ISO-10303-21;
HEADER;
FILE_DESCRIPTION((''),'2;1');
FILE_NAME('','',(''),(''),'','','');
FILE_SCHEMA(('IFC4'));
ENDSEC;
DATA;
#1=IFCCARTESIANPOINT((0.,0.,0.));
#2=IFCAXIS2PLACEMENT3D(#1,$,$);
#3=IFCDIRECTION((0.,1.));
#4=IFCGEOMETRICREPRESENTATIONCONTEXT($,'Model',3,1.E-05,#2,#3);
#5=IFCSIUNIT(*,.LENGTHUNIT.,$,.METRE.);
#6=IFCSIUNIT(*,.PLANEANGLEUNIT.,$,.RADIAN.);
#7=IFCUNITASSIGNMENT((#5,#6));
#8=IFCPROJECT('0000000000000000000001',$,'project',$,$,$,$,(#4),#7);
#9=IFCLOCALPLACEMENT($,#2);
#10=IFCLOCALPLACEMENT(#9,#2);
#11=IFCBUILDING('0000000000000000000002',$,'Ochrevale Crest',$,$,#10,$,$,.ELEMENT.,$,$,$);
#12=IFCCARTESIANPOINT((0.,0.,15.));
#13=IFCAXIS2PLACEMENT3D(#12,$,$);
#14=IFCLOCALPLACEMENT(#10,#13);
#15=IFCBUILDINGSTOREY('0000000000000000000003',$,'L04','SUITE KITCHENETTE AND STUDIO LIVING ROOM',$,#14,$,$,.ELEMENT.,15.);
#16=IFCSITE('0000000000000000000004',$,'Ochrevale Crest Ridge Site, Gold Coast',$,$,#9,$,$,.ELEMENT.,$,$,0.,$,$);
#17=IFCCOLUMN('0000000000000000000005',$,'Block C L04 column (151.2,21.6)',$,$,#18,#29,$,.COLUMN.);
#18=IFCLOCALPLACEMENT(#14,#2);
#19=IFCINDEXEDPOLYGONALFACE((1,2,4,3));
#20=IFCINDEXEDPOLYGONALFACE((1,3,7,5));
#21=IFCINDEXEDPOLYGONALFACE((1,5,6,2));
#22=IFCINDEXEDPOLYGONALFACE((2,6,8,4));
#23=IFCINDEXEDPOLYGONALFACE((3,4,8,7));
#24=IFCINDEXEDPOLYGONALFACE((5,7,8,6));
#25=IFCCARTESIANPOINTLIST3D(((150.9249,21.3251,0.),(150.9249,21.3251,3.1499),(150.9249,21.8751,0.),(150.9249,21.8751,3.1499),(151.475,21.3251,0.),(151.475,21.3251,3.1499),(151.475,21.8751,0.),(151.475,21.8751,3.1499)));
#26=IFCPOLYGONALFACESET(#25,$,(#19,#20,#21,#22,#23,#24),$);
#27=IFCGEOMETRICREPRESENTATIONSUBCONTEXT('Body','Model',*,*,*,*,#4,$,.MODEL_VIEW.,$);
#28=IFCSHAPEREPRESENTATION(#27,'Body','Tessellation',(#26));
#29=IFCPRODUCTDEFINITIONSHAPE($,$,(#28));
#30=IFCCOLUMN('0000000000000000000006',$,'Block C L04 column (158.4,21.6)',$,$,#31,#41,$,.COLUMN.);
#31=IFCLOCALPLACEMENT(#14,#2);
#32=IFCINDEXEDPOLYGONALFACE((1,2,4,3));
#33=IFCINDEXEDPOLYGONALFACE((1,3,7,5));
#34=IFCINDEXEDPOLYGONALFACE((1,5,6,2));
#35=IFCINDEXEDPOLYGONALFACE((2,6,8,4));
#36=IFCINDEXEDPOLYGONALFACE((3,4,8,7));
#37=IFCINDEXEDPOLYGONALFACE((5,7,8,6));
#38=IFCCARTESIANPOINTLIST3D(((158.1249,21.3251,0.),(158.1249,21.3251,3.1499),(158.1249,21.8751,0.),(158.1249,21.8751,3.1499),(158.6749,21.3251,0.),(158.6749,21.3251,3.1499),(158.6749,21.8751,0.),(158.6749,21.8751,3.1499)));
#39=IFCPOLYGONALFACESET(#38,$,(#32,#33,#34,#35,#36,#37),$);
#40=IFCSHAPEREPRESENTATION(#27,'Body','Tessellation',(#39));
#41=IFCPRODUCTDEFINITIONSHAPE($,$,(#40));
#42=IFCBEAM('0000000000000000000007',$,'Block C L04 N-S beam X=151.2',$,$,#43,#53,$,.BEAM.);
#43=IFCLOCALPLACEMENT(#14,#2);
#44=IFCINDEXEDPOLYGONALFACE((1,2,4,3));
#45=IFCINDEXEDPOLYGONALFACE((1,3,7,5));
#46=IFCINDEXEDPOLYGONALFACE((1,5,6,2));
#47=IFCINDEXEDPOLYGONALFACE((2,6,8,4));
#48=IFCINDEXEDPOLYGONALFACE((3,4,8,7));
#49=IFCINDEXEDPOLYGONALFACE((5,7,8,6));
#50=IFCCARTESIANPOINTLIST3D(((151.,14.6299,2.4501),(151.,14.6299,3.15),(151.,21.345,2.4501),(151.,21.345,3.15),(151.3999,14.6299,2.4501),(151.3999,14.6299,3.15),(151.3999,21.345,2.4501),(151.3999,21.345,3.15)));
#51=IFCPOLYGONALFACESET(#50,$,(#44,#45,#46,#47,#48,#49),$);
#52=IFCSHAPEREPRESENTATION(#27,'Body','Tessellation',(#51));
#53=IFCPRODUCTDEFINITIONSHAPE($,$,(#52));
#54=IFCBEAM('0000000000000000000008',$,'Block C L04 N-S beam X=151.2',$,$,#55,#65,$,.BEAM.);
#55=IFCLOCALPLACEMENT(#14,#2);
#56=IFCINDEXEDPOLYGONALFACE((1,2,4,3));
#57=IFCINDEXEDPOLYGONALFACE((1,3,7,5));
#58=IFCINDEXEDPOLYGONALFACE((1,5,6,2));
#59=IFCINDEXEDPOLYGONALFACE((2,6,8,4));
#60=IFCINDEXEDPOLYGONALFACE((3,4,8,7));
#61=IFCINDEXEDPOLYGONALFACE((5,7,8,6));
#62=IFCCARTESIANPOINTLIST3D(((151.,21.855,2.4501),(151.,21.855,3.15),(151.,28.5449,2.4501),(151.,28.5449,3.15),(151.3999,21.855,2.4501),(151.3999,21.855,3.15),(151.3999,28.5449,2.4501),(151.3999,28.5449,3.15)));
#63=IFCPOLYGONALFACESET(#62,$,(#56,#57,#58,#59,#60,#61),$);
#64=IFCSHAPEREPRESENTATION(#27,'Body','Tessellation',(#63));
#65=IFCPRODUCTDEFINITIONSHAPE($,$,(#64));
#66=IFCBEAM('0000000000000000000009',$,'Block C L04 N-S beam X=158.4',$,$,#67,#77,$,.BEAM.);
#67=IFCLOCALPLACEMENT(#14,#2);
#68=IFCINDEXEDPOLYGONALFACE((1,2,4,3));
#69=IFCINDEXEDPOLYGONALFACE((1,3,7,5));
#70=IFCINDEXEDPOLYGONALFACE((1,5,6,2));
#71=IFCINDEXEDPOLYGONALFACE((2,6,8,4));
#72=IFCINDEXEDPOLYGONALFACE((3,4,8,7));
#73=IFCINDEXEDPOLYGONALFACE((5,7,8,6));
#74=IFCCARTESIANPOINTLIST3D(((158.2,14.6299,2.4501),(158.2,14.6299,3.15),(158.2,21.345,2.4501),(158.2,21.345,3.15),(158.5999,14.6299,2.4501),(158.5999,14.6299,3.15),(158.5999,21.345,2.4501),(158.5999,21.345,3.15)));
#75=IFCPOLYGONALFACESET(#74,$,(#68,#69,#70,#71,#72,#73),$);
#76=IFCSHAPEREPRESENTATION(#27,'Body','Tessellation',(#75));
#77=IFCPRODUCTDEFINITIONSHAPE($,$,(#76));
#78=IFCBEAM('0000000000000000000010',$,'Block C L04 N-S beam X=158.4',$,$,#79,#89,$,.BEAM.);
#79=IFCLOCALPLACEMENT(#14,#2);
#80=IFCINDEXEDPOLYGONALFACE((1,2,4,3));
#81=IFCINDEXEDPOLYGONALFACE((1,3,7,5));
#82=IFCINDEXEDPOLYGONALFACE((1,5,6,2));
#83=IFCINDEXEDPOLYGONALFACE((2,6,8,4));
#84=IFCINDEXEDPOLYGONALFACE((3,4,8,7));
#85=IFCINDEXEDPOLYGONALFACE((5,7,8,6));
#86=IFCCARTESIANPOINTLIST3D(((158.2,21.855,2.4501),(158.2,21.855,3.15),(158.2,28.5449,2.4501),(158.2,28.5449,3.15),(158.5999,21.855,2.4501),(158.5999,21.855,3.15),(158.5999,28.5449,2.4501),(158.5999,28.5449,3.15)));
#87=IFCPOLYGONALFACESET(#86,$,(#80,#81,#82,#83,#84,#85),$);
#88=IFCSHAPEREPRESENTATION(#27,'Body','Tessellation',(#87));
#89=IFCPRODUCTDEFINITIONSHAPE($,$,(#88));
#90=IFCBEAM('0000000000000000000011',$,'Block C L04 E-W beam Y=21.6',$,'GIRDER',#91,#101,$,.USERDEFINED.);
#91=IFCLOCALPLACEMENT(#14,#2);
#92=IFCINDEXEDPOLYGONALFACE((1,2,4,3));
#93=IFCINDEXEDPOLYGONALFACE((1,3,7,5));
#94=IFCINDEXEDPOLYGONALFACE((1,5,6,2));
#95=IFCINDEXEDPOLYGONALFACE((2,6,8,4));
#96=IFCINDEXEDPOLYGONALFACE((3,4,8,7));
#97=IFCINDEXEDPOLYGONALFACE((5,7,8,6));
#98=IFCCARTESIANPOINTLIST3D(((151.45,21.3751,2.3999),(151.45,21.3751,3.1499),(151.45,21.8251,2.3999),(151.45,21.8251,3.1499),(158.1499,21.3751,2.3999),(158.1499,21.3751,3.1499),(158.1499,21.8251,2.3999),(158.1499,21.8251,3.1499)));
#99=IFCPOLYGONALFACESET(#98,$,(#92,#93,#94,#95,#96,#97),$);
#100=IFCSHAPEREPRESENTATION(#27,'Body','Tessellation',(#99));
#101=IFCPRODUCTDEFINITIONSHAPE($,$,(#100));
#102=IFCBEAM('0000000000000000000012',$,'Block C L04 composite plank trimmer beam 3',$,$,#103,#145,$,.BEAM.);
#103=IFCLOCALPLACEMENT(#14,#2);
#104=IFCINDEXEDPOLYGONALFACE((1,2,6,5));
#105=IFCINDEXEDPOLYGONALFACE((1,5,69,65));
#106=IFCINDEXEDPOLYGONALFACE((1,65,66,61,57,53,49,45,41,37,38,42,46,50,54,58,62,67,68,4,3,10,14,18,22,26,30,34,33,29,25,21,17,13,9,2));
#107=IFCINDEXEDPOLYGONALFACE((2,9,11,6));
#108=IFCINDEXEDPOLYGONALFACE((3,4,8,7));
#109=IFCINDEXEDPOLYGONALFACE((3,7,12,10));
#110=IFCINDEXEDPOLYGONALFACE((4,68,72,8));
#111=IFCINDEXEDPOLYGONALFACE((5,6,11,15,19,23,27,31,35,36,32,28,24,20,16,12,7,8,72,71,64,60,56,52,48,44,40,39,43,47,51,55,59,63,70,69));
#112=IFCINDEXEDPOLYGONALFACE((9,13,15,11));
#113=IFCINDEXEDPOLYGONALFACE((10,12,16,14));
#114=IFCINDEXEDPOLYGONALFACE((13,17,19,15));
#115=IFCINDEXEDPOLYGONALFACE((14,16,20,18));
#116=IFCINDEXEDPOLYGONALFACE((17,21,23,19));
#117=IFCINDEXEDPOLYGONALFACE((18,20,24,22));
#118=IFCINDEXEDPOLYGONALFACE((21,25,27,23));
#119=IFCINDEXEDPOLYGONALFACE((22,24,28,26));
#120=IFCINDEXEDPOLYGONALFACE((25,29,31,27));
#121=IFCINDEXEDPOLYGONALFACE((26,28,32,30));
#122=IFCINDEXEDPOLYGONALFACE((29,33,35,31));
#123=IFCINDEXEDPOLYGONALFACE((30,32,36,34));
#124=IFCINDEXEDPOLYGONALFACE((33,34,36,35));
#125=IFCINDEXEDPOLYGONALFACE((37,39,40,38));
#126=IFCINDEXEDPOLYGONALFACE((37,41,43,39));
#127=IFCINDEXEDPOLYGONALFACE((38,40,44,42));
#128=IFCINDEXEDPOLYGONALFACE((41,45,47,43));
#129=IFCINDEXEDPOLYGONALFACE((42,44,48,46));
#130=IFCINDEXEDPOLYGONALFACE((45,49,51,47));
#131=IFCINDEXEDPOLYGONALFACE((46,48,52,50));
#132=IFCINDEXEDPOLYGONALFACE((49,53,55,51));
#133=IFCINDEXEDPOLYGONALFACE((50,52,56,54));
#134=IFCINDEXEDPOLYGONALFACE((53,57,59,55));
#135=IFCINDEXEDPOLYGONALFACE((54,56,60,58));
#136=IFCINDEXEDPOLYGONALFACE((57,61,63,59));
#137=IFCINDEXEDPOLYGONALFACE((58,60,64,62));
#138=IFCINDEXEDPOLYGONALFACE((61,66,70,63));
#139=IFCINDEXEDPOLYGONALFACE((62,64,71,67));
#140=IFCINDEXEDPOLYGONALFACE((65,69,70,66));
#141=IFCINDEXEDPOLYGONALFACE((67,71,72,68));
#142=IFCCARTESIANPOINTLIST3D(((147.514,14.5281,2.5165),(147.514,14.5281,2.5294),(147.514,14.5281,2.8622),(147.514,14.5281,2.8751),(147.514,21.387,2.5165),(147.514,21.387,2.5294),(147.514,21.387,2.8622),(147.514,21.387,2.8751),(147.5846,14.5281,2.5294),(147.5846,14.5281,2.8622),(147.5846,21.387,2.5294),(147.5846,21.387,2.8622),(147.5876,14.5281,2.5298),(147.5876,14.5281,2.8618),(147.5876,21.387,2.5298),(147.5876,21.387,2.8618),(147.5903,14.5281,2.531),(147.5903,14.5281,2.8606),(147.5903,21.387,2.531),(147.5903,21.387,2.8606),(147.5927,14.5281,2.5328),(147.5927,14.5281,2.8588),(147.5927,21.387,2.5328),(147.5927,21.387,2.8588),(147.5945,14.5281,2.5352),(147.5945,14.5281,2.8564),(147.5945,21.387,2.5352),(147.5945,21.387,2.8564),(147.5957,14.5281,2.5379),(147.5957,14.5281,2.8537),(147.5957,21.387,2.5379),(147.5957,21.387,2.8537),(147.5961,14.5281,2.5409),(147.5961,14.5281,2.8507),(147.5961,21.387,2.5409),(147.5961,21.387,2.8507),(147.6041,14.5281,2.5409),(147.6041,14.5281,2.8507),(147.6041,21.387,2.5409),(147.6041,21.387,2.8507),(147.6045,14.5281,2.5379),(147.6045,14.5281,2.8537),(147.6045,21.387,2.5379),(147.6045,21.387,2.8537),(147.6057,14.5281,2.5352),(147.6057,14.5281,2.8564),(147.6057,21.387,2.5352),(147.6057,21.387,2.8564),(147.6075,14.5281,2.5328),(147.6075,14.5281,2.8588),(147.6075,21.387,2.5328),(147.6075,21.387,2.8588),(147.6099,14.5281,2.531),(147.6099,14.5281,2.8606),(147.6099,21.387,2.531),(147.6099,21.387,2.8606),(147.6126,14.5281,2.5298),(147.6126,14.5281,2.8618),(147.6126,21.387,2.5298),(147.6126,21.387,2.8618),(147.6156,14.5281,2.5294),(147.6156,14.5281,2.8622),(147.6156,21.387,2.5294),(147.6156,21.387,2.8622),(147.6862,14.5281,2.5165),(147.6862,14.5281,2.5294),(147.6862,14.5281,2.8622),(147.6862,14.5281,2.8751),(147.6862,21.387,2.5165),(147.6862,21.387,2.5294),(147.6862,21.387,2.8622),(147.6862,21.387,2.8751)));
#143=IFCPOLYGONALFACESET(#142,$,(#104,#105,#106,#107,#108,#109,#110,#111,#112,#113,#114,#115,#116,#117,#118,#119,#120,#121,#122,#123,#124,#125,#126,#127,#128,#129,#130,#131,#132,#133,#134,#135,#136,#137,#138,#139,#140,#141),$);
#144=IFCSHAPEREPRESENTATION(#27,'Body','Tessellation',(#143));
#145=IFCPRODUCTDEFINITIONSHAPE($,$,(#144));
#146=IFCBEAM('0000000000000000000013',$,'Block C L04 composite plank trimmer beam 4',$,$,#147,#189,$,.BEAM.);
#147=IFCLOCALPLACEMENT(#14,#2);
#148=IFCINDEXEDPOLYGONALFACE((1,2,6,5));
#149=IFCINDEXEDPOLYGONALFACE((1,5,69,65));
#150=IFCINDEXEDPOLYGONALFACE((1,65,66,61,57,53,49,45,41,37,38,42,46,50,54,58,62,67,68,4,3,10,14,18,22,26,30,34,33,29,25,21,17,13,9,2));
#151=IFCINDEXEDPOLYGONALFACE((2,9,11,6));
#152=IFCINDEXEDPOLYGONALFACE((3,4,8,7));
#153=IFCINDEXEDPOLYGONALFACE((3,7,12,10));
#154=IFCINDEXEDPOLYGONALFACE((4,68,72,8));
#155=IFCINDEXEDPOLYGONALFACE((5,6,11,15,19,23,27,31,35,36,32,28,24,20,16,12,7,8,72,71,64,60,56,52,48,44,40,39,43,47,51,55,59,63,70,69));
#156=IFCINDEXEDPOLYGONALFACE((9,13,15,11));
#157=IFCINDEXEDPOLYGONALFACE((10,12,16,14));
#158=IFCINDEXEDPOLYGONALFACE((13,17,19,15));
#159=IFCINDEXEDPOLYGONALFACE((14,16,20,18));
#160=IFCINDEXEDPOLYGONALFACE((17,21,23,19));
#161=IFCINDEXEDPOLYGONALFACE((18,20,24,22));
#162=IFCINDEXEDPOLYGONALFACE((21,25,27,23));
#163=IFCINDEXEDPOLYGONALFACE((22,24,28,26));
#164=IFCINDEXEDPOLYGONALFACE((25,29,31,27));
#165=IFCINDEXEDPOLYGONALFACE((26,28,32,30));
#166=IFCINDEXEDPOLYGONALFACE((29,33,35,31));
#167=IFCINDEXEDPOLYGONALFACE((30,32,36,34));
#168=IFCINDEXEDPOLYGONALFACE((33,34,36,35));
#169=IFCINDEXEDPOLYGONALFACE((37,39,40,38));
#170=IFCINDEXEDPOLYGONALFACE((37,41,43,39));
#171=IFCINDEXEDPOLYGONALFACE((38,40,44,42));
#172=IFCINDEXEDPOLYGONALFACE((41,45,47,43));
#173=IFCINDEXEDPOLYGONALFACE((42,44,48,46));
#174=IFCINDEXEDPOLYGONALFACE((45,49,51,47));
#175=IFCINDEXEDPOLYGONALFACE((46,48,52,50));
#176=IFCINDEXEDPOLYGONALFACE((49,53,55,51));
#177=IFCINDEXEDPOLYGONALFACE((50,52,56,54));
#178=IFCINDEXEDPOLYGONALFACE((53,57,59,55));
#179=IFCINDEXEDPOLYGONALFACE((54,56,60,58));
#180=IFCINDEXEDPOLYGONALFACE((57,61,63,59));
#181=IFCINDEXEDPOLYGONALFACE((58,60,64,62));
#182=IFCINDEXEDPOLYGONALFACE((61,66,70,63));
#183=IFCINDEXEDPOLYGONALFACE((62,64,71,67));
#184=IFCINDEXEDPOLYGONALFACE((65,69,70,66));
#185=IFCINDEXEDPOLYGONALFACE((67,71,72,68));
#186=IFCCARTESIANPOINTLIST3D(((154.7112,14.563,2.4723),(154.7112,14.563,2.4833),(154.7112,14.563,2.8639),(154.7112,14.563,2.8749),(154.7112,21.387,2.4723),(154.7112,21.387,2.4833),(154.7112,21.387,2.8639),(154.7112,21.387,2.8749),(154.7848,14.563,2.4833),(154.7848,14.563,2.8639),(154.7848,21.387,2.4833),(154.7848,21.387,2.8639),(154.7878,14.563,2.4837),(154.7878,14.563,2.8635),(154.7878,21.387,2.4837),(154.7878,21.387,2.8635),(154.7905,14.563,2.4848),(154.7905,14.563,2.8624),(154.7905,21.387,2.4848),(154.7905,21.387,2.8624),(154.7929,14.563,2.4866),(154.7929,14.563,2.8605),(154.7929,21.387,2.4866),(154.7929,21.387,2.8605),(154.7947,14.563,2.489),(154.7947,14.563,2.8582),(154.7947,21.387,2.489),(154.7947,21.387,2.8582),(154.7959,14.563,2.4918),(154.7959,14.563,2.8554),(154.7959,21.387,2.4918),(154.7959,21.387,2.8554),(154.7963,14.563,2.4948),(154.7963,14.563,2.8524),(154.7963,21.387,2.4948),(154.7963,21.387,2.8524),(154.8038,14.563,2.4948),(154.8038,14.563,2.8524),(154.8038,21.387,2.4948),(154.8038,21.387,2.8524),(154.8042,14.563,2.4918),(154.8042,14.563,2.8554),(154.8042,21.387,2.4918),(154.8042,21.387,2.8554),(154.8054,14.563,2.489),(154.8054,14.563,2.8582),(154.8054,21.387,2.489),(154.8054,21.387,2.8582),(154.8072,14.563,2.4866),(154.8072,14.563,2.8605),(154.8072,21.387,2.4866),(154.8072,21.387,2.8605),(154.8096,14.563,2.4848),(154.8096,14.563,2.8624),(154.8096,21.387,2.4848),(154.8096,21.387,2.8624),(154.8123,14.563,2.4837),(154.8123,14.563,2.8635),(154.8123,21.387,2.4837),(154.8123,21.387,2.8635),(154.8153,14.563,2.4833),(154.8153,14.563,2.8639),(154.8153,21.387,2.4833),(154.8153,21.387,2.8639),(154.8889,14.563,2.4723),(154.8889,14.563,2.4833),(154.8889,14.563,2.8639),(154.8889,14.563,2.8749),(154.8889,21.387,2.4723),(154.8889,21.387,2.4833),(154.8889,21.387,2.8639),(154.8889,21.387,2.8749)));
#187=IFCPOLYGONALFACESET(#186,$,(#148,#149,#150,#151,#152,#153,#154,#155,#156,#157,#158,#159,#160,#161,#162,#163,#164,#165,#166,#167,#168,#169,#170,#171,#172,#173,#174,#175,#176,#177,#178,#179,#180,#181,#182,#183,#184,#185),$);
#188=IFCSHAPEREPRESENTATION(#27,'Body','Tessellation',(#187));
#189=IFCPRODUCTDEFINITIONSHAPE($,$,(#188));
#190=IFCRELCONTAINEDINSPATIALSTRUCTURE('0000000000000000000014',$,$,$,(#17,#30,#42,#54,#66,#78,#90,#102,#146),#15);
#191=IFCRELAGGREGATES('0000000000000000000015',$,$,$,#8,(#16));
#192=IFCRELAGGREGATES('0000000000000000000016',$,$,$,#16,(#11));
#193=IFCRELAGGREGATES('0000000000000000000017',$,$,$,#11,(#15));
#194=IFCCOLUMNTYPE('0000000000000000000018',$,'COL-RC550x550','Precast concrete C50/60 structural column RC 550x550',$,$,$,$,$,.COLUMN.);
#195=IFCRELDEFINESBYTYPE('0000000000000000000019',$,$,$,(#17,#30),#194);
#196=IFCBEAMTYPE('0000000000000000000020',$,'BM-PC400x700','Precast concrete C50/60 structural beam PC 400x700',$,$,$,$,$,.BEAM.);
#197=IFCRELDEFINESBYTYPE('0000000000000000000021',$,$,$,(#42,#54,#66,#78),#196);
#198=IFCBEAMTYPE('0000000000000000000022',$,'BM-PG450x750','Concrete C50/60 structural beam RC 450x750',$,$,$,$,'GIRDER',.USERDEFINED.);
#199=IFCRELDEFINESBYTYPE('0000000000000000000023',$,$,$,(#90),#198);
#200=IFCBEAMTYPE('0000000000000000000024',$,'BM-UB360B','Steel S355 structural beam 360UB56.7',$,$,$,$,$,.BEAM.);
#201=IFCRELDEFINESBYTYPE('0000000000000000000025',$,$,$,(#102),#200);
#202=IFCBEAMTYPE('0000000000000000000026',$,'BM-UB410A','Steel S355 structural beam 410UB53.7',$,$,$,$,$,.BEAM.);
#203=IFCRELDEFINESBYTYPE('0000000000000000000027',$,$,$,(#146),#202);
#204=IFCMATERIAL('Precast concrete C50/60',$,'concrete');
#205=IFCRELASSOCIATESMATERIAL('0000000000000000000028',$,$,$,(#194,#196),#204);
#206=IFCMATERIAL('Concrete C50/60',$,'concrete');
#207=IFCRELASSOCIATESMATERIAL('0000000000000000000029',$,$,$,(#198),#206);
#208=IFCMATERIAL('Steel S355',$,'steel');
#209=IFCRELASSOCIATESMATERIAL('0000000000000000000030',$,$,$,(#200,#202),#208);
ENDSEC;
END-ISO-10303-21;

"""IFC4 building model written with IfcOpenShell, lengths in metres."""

from ifc_helpers import new_model, si_unit, direction, frame, origin, origin_2d, place, context, subcontext, project, spatial, rectangle, i_section, extrude, material, material_profile, profile_set, type_object, element, save


model = new_model("IFC4")

# Units and contexts
model_context = context("Model", 3, precision=1e-05, world=origin(), true_north=direction((0.0, 1.0)))
body_context = subcontext(model_context, "Body", "Model", "MODEL_VIEW")
ifc_project = project(units=[si_unit("LENGTHUNIT", "METRE"), si_unit("PLANEANGLEUNIT", "RADIAN")], contexts=[model_context])

# Site, building, storey
site_placement = place(None, origin())
site = spatial("IfcSite", under=ifc_project, at=site_placement, Name="Ochrevale Crest Ridge Site, Gold Coast", CompositionType="ELEMENT", RefElevation=0.0)
building_placement = place(site_placement, origin())
building = spatial("IfcBuilding", under=site, at=building_placement, Name="Ochrevale Crest", CompositionType="ELEMENT")
storey_placement = place(building_placement, frame((0.0, 0.0, 15.0)))
storey = spatial("IfcBuildingStorey", under=building, at=storey_placement, Name="L04", Description="SUITE KITCHENETTE AND STUDIO LIVING ROOM", CompositionType="ELEMENT", Elevation=15.0)

# Columns
ifc_material_1 = material(Name="Precast concrete C50/60", Category="concrete")
ifc_material_profile_1 = material_profile(ifc_material_1, rectangle(XDim=0.55, YDim=0.55, at=origin_2d()), Name="RC 550x550")
ifc_profile_set_1 = profile_set([ifc_material_profile_1], Name="Precast concrete C50/60")
column_type = type_object("IfcColumnType", Name="COL-RC550x550", Description="Precast concrete C50/60 structural column RC 550x550", PredefinedType="COLUMN", material=ifc_profile_set_1)
for number, where, z_axis, x_axis, name in (
    (1, (151.2, 21.6001, 0.0), (0.0, 0.0, 1.0), (1.0, 0.0, 0.0), "Block C L04 column (151.2,21.6)"),
    (2, (158.3999, 21.6001, 0.0), (0.0, 0.0, 1.0), (1.0, 0.0, 0.0), "Block C L04 column (158.4,21.6)"),
):
    element("IfcColumn", number, at=place(storey_placement, frame(where, z_axis=z_axis, x_axis=x_axis)), inside=storey, type_object=column_type, Name=name, PredefinedType="COLUMN", context=body_context, shape_type="SweptSolid", body=[
        extrude(rectangle(XDim=0.55, YDim=0.55, at=origin_2d()), origin(), (0.0, 0.0, 1.0), 3.1499),
    ])

# Beams
ifc_material_profile_2 = material_profile(ifc_material_1, rectangle(XDim=0.3999, YDim=0.7, at=origin_2d()), Name="PC 400x700")
ifc_profile_set_2 = profile_set([ifc_material_profile_2], Name="Precast concrete C50/60")
beam_type_1 = type_object("IfcBeamType", Name="BM-PC400x700", Description="Precast concrete C50/60 structural beam PC 400x700", PredefinedType="BEAM", material=ifc_profile_set_2)
beam_1_placement = place(storey_placement, frame((151.2, 14.6299, 2.8), z_axis=(0.0, 1.0, 0.0), x_axis=(-1.0, 0.0, 0.0)))
element("IfcBeam", 3, at=beam_1_placement, inside=storey, type_object=beam_type_1, Name="Block C L04 N-S beam X=151.2", PredefinedType="BEAM", context=body_context, shape_type="SweptSolid", body=[
    extrude(rectangle(XDim=0.3999, YDim=0.7, at=origin_2d()), origin(), (0.0, 0.0, 1.0), 6.7151),
])
beam_2_placement = place(storey_placement, frame((151.2, 21.855, 2.8), z_axis=(0.0, 1.0, 0.0), x_axis=(-1.0, 0.0, 0.0)))
element("IfcBeam", 4, at=beam_2_placement, inside=storey, type_object=beam_type_1, Name="Block C L04 N-S beam X=151.2", PredefinedType="BEAM", context=body_context, shape_type="SweptSolid", body=[
    extrude(rectangle(XDim=0.3999, YDim=0.7, at=origin_2d()), origin(), (0.0, 0.0, 1.0), 6.6899),
])
beam_3_placement = place(storey_placement, frame((158.3999, 14.6299, 2.8), z_axis=(0.0, 1.0, 0.0), x_axis=(-1.0, 0.0, 0.0)))
element("IfcBeam", 5, at=beam_3_placement, inside=storey, type_object=beam_type_1, Name="Block C L04 N-S beam X=158.4", PredefinedType="BEAM", context=body_context, shape_type="SweptSolid", body=[
    extrude(rectangle(XDim=0.3999, YDim=0.7, at=origin_2d()), origin(), (0.0, 0.0, 1.0), 6.7151),
])
beam_4_placement = place(storey_placement, frame((158.3999, 21.855, 2.8), z_axis=(0.0, 1.0, 0.0), x_axis=(-1.0, 0.0, 0.0)))
element("IfcBeam", 6, at=beam_4_placement, inside=storey, type_object=beam_type_1, Name="Block C L04 N-S beam X=158.4", PredefinedType="BEAM", context=body_context, shape_type="SweptSolid", body=[
    extrude(rectangle(XDim=0.3999, YDim=0.7, at=origin_2d()), origin(), (0.0, 0.0, 1.0), 6.6899),
])
ifc_material_2 = material(Name="Concrete C50/60", Category="concrete")
ifc_material_profile_3 = material_profile(ifc_material_2, rectangle(XDim=0.45, YDim=0.75, at=origin_2d()), Name="RC 450x750")
ifc_profile_set_3 = profile_set([ifc_material_profile_3], Name="Concrete C50/60")
beam_type_2 = type_object("IfcBeamType", Name="BM-PG450x750", Description="Concrete C50/60 structural beam RC 450x750", ElementType="GIRDER", PredefinedType="USERDEFINED", material=ifc_profile_set_3)
beam_5_placement = place(storey_placement, frame((151.45, 21.6001, 2.7749), z_axis=(1.0, 0.0, 0.0), x_axis=(0.0, 1.0, 0.0)))
element("IfcBeam", 7, at=beam_5_placement, inside=storey, type_object=beam_type_2, Name="Block C L04 E-W beam Y=21.6", ObjectType="GIRDER", PredefinedType="USERDEFINED", context=body_context, shape_type="SweptSolid", body=[
    extrude(rectangle(XDim=0.45, YDim=0.75, at=origin_2d()), origin(), (0.0, 0.0, 1.0), 6.7),
])
ifc_material_3 = material(Name="Steel S355", Category="steel")
ifc_material_profile_4 = material_profile(ifc_material_3, i_section(OverallWidth=0.1721, OverallDepth=0.3586, WebThickness=0.0081, FlangeThickness=0.0129, FilletRadius=0.0115, at=origin_2d()), Name="360UB56.7")
ifc_profile_set_4 = profile_set([ifc_material_profile_4], Name="Steel S355")
beam_type_3 = type_object("IfcBeamType", Name="BM-UB360B", Description="Steel S355 structural beam 360UB56.7", PredefinedType="BEAM", material=ifc_profile_set_4)
beam_6_placement = place(storey_placement, frame((147.6001, 14.5281, 2.6958), z_axis=(0.0, 1.0, 0.0), x_axis=(-1.0, 0.0, 0.0)))
element("IfcBeam", 8, at=beam_6_placement, inside=storey, type_object=beam_type_3, Name="Block C L04 composite plank trimmer beam 3", PredefinedType="BEAM", context=body_context, shape_type="SweptSolid", body=[
    extrude(i_section(OverallWidth=0.1721, OverallDepth=0.3586, WebThickness=0.0081, FlangeThickness=0.0129, FilletRadius=0.0115, at=origin_2d()), origin(), (0.0, 0.0, 1.0), 6.8589),
])
ifc_material_profile_5 = material_profile(ifc_material_3, i_section(OverallWidth=0.1777, OverallDepth=0.4026, WebThickness=0.0076, FlangeThickness=0.011, FilletRadius=0.0115, at=origin_2d()), Name="410UB53.7")
ifc_profile_set_5 = profile_set([ifc_material_profile_5], Name="Steel S355")
beam_type_4 = type_object("IfcBeamType", Name="BM-UB410A", Description="Steel S355 structural beam 410UB53.7", PredefinedType="BEAM", material=ifc_profile_set_5)
beam_7_placement = place(storey_placement, frame((154.8, 14.563, 2.6736), z_axis=(0.0, 1.0, 0.0), x_axis=(-1.0, 0.0, 0.0)))
element("IfcBeam", 9, at=beam_7_placement, inside=storey, type_object=beam_type_4, Name="Block C L04 composite plank trimmer beam 4", PredefinedType="BEAM", context=body_context, shape_type="SweptSolid", body=[
    extrude(i_section(OverallWidth=0.1777, OverallDepth=0.4026, WebThickness=0.0076, FlangeThickness=0.011, FilletRadius=0.0115, at=origin_2d()), origin(), (0.0, 0.0, 1.0), 6.824),
])

save(model, "model.ifc")
